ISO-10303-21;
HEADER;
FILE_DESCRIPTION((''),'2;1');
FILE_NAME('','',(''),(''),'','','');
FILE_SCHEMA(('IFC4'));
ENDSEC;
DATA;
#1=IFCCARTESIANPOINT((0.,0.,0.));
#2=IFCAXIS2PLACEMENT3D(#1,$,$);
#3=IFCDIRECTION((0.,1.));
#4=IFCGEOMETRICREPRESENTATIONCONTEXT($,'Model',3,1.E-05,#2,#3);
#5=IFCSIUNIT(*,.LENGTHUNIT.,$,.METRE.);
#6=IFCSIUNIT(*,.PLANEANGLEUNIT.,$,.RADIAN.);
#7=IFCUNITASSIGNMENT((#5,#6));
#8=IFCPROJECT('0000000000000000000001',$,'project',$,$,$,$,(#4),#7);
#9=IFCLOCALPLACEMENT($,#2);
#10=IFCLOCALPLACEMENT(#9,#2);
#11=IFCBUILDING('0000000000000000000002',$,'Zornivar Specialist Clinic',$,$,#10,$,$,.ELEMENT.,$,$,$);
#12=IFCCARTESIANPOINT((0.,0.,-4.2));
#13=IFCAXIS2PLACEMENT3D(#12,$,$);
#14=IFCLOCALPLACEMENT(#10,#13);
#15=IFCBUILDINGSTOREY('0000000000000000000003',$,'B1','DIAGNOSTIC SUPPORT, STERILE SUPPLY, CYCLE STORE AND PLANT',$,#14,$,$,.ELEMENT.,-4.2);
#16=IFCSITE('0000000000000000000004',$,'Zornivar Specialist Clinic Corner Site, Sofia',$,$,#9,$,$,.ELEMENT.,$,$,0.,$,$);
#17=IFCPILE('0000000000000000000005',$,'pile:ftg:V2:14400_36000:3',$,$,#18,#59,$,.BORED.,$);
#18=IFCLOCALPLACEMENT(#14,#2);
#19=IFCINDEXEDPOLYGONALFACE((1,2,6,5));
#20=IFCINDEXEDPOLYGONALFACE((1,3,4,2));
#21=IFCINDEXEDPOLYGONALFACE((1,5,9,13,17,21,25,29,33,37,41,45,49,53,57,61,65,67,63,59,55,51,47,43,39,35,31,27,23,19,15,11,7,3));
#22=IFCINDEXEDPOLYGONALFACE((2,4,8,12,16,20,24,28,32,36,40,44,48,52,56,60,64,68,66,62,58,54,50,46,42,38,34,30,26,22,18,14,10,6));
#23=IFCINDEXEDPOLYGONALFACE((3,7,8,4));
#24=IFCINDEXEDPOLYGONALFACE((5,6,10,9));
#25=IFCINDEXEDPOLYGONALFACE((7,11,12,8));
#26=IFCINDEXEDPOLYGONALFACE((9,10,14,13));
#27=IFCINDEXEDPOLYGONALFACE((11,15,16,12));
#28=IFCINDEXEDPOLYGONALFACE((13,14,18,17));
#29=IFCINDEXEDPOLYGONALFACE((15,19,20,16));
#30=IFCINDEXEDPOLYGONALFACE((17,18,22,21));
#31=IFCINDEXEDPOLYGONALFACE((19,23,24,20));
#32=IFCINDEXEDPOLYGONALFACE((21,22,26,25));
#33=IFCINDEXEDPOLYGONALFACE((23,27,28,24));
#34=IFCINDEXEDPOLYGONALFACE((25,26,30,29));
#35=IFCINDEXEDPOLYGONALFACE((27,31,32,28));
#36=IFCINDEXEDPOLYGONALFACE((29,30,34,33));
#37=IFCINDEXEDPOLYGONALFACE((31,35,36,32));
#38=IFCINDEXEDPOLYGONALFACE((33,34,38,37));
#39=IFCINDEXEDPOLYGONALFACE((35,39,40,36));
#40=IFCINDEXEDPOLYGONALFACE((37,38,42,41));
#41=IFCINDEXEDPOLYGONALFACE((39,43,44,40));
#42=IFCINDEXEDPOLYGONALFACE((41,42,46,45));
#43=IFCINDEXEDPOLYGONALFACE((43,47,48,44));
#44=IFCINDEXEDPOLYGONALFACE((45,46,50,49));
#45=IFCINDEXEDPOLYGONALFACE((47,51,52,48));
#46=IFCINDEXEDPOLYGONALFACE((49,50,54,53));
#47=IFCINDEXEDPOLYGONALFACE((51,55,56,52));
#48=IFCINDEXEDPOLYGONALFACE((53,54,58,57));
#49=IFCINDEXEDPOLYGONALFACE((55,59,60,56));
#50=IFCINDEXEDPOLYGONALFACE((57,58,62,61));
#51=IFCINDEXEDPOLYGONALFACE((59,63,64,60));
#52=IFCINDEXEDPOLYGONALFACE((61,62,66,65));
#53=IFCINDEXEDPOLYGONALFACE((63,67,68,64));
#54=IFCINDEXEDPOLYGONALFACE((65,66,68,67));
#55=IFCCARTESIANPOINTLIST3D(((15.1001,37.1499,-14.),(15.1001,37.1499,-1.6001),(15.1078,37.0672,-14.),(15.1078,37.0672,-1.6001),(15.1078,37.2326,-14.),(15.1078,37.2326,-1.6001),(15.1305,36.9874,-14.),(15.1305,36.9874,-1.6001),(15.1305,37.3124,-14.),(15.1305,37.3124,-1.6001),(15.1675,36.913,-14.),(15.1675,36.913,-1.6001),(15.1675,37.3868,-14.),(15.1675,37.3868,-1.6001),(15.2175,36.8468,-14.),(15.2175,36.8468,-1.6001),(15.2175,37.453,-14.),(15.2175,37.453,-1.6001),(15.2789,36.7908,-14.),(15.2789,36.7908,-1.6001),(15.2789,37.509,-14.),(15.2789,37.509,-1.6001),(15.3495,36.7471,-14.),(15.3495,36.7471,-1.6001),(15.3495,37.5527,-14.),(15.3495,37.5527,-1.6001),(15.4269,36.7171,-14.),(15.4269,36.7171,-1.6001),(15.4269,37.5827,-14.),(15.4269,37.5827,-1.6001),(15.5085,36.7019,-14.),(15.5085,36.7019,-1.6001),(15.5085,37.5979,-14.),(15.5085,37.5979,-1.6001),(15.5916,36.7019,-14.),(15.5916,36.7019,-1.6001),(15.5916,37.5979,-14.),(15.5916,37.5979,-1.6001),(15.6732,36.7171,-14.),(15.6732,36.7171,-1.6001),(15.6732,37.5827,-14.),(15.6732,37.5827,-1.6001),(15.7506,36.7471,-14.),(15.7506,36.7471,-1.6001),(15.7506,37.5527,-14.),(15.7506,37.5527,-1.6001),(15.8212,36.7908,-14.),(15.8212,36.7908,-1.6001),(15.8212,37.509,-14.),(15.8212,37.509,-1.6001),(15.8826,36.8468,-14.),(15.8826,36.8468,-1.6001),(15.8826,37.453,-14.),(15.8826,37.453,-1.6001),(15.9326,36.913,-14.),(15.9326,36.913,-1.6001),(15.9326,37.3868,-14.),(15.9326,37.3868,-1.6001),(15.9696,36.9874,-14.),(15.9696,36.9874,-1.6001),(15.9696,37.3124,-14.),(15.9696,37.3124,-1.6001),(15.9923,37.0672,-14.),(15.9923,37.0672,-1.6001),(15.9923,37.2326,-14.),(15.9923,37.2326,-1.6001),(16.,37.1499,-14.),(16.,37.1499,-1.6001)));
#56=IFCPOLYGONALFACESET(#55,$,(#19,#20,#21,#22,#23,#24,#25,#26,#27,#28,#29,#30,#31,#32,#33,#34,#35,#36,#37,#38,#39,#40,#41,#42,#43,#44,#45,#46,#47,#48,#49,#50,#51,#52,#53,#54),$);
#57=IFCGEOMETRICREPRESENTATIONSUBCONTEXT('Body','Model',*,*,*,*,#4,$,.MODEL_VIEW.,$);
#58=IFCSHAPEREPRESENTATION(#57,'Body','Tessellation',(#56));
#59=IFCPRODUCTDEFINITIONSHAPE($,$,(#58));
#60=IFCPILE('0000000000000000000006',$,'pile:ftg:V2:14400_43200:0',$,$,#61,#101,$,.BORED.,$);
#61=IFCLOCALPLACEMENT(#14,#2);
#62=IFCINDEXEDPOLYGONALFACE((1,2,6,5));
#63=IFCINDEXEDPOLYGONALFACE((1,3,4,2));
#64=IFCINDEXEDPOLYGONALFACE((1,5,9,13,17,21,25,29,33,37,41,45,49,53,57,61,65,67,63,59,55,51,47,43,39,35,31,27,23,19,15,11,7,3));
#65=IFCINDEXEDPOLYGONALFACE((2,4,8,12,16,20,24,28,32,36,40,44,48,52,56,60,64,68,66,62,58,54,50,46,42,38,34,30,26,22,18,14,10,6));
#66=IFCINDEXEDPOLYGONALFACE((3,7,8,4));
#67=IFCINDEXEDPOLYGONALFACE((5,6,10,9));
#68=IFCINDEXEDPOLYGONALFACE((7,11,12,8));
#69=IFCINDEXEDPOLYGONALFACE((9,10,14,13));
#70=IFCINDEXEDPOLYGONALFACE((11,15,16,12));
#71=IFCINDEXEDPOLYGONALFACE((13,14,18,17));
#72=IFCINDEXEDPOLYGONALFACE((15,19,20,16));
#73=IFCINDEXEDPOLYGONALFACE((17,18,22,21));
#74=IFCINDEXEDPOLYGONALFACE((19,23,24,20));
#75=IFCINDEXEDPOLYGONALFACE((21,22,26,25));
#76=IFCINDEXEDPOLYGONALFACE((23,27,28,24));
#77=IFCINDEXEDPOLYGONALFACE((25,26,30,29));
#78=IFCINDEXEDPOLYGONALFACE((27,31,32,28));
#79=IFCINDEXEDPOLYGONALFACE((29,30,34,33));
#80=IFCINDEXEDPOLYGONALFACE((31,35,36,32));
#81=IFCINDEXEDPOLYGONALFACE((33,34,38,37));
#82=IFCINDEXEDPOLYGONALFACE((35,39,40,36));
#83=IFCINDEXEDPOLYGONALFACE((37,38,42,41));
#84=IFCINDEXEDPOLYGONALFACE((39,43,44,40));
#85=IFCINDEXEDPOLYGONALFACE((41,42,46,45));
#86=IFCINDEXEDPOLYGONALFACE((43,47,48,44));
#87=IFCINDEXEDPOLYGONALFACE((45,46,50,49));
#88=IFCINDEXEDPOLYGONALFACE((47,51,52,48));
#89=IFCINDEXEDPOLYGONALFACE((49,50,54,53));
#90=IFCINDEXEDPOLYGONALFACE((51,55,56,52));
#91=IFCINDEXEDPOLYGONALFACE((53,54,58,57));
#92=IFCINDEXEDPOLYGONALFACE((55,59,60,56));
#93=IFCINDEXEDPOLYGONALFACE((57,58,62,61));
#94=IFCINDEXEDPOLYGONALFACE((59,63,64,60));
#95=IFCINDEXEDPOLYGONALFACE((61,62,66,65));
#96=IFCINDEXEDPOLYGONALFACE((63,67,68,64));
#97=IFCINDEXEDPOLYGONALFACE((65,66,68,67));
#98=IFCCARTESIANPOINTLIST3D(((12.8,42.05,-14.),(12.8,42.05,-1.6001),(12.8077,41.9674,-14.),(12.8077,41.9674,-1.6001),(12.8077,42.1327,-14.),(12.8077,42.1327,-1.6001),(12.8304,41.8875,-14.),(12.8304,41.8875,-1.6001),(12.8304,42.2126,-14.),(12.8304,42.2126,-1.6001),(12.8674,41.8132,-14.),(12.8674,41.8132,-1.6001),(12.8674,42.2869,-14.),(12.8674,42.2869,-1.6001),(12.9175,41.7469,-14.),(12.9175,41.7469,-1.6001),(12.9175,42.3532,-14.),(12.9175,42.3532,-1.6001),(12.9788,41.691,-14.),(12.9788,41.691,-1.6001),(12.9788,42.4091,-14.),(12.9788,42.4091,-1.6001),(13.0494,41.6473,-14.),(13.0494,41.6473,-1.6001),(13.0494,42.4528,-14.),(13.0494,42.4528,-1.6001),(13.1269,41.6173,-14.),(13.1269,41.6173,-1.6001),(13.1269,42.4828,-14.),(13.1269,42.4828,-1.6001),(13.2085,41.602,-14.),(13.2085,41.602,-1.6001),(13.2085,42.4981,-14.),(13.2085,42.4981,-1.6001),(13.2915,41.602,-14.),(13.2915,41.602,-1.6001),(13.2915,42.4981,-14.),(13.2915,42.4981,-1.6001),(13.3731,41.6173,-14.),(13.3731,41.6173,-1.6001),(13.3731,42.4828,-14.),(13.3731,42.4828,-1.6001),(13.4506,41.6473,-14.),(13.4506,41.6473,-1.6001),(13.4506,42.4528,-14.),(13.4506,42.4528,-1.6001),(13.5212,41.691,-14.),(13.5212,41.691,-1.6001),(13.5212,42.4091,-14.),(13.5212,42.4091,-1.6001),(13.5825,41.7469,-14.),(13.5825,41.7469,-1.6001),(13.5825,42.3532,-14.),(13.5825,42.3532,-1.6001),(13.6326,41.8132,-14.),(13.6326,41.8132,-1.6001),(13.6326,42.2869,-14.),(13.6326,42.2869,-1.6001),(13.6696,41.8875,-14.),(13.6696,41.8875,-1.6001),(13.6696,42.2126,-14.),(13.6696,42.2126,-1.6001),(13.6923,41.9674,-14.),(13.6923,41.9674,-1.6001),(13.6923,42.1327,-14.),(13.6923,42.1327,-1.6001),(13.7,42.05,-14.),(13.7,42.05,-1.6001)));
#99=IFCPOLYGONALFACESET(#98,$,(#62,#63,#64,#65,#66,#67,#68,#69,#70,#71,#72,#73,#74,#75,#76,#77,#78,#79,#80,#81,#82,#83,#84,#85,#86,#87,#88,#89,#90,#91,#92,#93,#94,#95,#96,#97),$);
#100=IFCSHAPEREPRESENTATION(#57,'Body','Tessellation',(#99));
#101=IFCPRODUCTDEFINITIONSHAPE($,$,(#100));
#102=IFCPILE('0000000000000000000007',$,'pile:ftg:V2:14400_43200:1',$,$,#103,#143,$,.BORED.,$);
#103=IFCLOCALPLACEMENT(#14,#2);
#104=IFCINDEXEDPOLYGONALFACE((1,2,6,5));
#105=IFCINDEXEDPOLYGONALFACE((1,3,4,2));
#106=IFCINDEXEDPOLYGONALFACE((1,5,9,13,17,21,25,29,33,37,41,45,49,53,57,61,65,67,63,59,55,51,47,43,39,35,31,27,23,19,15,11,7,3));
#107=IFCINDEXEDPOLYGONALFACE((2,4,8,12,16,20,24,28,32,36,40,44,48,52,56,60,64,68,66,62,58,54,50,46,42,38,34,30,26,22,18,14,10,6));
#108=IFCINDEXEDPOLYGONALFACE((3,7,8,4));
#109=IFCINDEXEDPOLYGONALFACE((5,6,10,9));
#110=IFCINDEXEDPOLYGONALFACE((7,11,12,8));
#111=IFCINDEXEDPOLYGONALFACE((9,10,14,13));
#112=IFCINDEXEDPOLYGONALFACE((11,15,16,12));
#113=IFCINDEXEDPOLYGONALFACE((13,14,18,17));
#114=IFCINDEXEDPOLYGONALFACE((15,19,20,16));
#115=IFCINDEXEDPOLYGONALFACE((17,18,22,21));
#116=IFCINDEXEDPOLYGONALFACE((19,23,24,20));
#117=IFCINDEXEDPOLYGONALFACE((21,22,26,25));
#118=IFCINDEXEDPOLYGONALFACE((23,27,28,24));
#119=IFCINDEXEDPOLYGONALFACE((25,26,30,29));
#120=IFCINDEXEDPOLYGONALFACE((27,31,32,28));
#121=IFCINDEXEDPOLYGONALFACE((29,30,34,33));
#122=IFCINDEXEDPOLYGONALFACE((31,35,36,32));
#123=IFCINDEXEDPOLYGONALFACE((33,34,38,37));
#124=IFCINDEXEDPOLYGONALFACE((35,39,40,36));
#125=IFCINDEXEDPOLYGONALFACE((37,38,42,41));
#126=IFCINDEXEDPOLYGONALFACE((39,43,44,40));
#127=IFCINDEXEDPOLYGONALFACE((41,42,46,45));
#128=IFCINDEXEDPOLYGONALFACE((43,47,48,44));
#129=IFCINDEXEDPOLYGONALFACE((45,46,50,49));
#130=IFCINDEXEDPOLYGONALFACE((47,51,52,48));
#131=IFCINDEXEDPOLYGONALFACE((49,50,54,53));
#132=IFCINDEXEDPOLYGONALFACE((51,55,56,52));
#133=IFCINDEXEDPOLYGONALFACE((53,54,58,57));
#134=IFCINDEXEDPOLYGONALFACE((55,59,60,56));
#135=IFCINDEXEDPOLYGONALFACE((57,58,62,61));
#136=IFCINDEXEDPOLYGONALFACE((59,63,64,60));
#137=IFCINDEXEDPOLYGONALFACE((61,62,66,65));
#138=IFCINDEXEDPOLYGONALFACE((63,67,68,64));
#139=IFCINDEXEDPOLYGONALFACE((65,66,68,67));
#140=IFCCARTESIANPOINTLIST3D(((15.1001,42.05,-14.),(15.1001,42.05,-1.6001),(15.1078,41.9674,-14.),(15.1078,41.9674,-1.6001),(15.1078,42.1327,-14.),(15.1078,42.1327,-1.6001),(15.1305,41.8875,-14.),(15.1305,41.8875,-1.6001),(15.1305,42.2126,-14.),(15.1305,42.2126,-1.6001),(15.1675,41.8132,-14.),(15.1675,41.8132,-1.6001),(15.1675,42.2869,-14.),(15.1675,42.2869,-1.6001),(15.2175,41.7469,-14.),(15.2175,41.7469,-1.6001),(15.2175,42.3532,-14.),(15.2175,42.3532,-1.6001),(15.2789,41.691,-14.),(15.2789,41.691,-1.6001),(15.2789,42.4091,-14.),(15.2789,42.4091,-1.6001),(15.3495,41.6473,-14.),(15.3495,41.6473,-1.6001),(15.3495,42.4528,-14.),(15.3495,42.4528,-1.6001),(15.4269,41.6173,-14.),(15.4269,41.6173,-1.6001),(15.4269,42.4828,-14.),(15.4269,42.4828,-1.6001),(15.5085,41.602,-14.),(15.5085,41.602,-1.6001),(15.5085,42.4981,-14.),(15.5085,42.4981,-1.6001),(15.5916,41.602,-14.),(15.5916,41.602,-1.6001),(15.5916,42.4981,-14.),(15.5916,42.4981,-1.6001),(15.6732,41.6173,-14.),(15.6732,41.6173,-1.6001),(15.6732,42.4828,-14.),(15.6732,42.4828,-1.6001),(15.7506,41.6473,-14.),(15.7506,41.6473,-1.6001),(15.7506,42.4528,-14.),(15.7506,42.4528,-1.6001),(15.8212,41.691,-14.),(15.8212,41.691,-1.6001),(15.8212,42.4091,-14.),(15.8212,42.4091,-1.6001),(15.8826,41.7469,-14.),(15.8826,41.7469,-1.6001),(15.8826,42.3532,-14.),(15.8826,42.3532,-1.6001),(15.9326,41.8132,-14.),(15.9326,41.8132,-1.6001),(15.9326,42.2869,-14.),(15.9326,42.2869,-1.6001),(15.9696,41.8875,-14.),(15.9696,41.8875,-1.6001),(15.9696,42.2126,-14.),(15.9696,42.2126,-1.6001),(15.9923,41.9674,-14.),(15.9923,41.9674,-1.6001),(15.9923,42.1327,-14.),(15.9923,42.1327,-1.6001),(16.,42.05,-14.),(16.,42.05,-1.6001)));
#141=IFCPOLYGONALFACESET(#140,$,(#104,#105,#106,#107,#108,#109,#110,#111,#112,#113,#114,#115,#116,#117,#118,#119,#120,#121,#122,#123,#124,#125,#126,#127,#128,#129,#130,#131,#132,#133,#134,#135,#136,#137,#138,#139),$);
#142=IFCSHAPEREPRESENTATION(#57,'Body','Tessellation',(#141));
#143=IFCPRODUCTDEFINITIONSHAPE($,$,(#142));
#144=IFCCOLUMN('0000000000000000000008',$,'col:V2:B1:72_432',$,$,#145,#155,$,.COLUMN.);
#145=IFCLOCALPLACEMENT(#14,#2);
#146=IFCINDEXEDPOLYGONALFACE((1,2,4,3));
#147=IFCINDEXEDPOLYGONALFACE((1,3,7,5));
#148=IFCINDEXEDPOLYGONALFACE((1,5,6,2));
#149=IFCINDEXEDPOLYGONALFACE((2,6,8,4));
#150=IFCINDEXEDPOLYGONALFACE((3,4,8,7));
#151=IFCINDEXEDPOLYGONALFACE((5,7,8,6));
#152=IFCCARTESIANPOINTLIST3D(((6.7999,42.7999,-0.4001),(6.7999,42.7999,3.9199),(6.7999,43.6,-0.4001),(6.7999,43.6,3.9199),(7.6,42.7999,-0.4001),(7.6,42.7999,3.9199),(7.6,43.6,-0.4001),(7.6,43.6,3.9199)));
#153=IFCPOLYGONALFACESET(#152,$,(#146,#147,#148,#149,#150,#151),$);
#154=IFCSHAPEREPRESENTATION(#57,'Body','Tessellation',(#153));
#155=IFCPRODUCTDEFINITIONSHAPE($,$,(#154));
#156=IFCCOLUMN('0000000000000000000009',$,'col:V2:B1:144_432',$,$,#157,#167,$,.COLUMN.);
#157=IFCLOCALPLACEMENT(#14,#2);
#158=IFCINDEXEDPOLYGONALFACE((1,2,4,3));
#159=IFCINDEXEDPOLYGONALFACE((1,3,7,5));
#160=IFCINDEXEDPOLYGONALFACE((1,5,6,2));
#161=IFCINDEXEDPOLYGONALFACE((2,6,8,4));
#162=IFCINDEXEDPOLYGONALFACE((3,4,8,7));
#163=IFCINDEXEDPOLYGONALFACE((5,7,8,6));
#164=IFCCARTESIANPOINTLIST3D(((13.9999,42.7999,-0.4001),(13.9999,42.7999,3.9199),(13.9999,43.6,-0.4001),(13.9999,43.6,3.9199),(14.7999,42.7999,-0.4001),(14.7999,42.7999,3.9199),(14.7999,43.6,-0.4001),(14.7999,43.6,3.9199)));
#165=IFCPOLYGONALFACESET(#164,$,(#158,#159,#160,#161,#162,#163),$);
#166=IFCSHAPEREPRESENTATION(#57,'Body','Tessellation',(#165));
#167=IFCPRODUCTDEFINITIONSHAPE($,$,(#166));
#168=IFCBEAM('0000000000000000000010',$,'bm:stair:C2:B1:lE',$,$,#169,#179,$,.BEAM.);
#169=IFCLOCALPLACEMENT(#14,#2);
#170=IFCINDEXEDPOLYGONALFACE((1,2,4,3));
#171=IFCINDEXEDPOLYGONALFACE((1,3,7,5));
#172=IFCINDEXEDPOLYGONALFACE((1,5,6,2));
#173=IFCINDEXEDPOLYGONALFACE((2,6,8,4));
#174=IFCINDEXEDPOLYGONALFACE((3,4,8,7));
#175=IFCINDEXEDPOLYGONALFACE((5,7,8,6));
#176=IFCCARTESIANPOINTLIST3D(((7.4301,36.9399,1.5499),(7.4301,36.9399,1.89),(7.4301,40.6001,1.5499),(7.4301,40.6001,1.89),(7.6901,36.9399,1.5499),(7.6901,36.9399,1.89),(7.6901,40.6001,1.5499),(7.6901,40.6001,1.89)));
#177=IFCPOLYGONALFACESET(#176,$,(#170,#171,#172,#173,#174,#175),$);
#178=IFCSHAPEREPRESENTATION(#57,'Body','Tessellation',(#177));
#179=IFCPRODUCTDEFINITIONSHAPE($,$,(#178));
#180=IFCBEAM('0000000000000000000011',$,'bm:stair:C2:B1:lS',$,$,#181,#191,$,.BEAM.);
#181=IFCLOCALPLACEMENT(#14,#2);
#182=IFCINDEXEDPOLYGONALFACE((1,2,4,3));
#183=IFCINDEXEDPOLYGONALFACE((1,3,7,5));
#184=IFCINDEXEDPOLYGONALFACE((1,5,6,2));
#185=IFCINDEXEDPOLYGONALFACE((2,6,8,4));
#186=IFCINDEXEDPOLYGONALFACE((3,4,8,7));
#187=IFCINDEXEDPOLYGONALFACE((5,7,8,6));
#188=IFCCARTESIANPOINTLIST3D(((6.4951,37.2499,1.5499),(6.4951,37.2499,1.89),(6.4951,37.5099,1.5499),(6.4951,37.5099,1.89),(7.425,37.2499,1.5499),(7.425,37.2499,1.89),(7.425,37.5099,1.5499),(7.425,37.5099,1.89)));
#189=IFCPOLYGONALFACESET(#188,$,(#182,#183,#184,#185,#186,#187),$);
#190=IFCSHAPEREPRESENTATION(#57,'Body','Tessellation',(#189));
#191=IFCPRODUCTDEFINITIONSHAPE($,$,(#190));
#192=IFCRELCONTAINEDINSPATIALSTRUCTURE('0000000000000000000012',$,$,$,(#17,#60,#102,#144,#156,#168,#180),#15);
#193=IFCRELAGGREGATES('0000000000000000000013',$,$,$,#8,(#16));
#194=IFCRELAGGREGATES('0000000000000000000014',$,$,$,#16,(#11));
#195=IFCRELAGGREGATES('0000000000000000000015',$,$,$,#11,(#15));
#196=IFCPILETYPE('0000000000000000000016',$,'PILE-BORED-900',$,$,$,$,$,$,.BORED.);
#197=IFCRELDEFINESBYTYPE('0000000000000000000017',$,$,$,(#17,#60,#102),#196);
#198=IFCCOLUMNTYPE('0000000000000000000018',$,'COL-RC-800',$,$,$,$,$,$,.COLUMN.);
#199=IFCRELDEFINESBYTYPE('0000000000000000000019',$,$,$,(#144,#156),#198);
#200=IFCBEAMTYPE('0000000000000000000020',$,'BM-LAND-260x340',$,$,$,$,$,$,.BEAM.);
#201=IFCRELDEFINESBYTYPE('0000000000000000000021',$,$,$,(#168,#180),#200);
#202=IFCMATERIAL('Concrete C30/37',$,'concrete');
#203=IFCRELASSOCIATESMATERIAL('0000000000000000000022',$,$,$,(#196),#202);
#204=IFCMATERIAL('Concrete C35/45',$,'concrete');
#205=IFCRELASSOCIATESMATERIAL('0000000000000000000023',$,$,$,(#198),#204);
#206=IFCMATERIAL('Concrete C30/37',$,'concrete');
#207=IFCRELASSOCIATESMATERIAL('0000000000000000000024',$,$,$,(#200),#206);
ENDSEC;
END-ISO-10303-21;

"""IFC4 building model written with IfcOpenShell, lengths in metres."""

from ifc_helpers import new_model, si_unit, direction, frame, origin, origin_2d, place, context, subcontext, project, spatial, rectangle, circle, extrude, material, material_profile, profile_set, type_object, element, save


model = new_model("IFC4")

# Units and contexts
model_context = context("Model", 3, precision=1e-05, world=origin(), true_north=direction((0.0, 1.0)))
body_context = subcontext(model_context, "Body", "Model", "MODEL_VIEW")
ifc_project = project(units=[si_unit("LENGTHUNIT", "METRE"), si_unit("PLANEANGLEUNIT", "RADIAN")], contexts=[model_context])

# Site, building, storey
site_placement = place(None, origin())
site = spatial("IfcSite", under=ifc_project, at=site_placement, Name="Zornivar Specialist Clinic Corner Site, Sofia", CompositionType="ELEMENT", RefElevation=0.0)
building_placement = place(site_placement, origin())
building = spatial("IfcBuilding", under=site, at=building_placement, Name="Zornivar Specialist Clinic", CompositionType="ELEMENT")
storey_placement = place(building_placement, frame((0.0, 0.0, -4.2)))
storey = spatial("IfcBuildingStorey", under=building, at=storey_placement, Name="B1", Description="DIAGNOSTIC SUPPORT, STERILE SUPPLY, CYCLE STORE AND PLANT", CompositionType="ELEMENT", Elevation=-4.2)

# Piles
ifc_material_1 = material(Name="Concrete C30/37", Category="concrete")
ifc_material_profile_1 = material_profile(ifc_material_1, circle(Radius=0.45, at=origin_2d()), Name="PILE D900")
ifc_profile_set_1 = profile_set([ifc_material_profile_1], Name="Concrete C30/37")
pile_type_1 = type_object("IfcPileType", Name="PILE-BORED-900", PredefinedType="BORED", material=ifc_profile_set_1)
for number, where, z_axis, x_axis, name in (
    (1, (15.55, 37.1499, -1.6001), (0.0, 0.0, -1.0), (1.0, 0.0, 0.0), "pile:ftg:V2:14400_36000:3"),
    (2, (13.25, 42.05, -1.6001), (0.0, 0.0, -1.0), (1.0, 0.0, 0.0), "pile:ftg:V2:14400_43200:0"),
    (3, (15.55, 42.05, -1.6001), (0.0, 0.0, -1.0), (1.0, 0.0, 0.0), "pile:ftg:V2:14400_43200:1"),
):
    element("IfcPile", number, at=place(storey_placement, frame(where, z_axis=z_axis, x_axis=x_axis)), inside=storey, type_object=pile_type_1, Name=name, PredefinedType="BORED", context=body_context, shape_type="SweptSolid", body=[
        extrude(circle(Radius=0.45, at=origin_2d()), origin(), (0.0, 0.0, 1.0), 12.3999),
    ])

# Columns
ifc_material_2 = material(Name="Concrete C35/45", Category="concrete")
ifc_material_profile_2 = material_profile(ifc_material_2, rectangle(XDim=0.8, YDim=0.8, at=origin_2d()), Name="RC 800x800")
ifc_profile_set_2 = profile_set([ifc_material_profile_2], Name="Concrete C35/45")
column_type = type_object("IfcColumnType", Name="COL-RC-800", PredefinedType="COLUMN", material=ifc_profile_set_2)
for number, where, z_axis, x_axis, name in (
    (4, (7.2, 43.2, -0.4001), (0.0, 0.0, 1.0), (1.0, 0.0, 0.0), "col:V2:B1:72_432"),
    (5, (14.3999, 43.2, -0.4001), (0.0, 0.0, 1.0), (1.0, 0.0, 0.0), "col:V2:B1:144_432"),
):
    element("IfcColumn", number, at=place(storey_placement, frame(where, z_axis=z_axis, x_axis=x_axis)), inside=storey, type_object=column_type, Name=name, PredefinedType="COLUMN", context=body_context, shape_type="SweptSolid", body=[
        extrude(rectangle(XDim=0.8, YDim=0.8, at=origin_2d()), origin(), (0.0, 0.0, 1.0), 4.3201),
    ])

# Beams
ifc_material_3 = material(Name="Concrete C30/37", Category="concrete")
ifc_material_profile_3 = material_profile(ifc_material_3, rectangle(XDim=0.26, YDim=0.3401, at=origin_2d()), Name="RC 260x340")
ifc_profile_set_3 = profile_set([ifc_material_profile_3], Name="Concrete C30/37")
beam_type = type_object("IfcBeamType", Name="BM-LAND-260x340", PredefinedType="BEAM", material=ifc_profile_set_3)
beam_1_placement = place(storey_placement, frame((7.5601, 36.9399, 1.72), z_axis=(0.0, 1.0, 0.0), x_axis=(-1.0, 0.0, 0.0)))
element("IfcBeam", 6, at=beam_1_placement, inside=storey, type_object=beam_type, Name="bm:stair:C2:B1:lE", PredefinedType="BEAM", context=body_context, shape_type="SweptSolid", body=[
    extrude(rectangle(XDim=0.26, YDim=0.3401, at=origin_2d()), origin(), (0.0, 0.0, 1.0), 3.6602),
])
beam_2_placement = place(storey_placement, frame((6.4951, 37.3799, 1.72), z_axis=(1.0, 0.0, 0.0), x_axis=(0.0, 1.0, 0.0)))
element("IfcBeam", 7, at=beam_2_placement, inside=storey, type_object=beam_type, Name="bm:stair:C2:B1:lS", PredefinedType="BEAM", context=body_context, shape_type="SweptSolid", body=[
    extrude(rectangle(XDim=0.26, YDim=0.3401, at=origin_2d()), origin(), (0.0, 0.0, 1.0), 0.9299),
])

save(model, "model.ifc")
